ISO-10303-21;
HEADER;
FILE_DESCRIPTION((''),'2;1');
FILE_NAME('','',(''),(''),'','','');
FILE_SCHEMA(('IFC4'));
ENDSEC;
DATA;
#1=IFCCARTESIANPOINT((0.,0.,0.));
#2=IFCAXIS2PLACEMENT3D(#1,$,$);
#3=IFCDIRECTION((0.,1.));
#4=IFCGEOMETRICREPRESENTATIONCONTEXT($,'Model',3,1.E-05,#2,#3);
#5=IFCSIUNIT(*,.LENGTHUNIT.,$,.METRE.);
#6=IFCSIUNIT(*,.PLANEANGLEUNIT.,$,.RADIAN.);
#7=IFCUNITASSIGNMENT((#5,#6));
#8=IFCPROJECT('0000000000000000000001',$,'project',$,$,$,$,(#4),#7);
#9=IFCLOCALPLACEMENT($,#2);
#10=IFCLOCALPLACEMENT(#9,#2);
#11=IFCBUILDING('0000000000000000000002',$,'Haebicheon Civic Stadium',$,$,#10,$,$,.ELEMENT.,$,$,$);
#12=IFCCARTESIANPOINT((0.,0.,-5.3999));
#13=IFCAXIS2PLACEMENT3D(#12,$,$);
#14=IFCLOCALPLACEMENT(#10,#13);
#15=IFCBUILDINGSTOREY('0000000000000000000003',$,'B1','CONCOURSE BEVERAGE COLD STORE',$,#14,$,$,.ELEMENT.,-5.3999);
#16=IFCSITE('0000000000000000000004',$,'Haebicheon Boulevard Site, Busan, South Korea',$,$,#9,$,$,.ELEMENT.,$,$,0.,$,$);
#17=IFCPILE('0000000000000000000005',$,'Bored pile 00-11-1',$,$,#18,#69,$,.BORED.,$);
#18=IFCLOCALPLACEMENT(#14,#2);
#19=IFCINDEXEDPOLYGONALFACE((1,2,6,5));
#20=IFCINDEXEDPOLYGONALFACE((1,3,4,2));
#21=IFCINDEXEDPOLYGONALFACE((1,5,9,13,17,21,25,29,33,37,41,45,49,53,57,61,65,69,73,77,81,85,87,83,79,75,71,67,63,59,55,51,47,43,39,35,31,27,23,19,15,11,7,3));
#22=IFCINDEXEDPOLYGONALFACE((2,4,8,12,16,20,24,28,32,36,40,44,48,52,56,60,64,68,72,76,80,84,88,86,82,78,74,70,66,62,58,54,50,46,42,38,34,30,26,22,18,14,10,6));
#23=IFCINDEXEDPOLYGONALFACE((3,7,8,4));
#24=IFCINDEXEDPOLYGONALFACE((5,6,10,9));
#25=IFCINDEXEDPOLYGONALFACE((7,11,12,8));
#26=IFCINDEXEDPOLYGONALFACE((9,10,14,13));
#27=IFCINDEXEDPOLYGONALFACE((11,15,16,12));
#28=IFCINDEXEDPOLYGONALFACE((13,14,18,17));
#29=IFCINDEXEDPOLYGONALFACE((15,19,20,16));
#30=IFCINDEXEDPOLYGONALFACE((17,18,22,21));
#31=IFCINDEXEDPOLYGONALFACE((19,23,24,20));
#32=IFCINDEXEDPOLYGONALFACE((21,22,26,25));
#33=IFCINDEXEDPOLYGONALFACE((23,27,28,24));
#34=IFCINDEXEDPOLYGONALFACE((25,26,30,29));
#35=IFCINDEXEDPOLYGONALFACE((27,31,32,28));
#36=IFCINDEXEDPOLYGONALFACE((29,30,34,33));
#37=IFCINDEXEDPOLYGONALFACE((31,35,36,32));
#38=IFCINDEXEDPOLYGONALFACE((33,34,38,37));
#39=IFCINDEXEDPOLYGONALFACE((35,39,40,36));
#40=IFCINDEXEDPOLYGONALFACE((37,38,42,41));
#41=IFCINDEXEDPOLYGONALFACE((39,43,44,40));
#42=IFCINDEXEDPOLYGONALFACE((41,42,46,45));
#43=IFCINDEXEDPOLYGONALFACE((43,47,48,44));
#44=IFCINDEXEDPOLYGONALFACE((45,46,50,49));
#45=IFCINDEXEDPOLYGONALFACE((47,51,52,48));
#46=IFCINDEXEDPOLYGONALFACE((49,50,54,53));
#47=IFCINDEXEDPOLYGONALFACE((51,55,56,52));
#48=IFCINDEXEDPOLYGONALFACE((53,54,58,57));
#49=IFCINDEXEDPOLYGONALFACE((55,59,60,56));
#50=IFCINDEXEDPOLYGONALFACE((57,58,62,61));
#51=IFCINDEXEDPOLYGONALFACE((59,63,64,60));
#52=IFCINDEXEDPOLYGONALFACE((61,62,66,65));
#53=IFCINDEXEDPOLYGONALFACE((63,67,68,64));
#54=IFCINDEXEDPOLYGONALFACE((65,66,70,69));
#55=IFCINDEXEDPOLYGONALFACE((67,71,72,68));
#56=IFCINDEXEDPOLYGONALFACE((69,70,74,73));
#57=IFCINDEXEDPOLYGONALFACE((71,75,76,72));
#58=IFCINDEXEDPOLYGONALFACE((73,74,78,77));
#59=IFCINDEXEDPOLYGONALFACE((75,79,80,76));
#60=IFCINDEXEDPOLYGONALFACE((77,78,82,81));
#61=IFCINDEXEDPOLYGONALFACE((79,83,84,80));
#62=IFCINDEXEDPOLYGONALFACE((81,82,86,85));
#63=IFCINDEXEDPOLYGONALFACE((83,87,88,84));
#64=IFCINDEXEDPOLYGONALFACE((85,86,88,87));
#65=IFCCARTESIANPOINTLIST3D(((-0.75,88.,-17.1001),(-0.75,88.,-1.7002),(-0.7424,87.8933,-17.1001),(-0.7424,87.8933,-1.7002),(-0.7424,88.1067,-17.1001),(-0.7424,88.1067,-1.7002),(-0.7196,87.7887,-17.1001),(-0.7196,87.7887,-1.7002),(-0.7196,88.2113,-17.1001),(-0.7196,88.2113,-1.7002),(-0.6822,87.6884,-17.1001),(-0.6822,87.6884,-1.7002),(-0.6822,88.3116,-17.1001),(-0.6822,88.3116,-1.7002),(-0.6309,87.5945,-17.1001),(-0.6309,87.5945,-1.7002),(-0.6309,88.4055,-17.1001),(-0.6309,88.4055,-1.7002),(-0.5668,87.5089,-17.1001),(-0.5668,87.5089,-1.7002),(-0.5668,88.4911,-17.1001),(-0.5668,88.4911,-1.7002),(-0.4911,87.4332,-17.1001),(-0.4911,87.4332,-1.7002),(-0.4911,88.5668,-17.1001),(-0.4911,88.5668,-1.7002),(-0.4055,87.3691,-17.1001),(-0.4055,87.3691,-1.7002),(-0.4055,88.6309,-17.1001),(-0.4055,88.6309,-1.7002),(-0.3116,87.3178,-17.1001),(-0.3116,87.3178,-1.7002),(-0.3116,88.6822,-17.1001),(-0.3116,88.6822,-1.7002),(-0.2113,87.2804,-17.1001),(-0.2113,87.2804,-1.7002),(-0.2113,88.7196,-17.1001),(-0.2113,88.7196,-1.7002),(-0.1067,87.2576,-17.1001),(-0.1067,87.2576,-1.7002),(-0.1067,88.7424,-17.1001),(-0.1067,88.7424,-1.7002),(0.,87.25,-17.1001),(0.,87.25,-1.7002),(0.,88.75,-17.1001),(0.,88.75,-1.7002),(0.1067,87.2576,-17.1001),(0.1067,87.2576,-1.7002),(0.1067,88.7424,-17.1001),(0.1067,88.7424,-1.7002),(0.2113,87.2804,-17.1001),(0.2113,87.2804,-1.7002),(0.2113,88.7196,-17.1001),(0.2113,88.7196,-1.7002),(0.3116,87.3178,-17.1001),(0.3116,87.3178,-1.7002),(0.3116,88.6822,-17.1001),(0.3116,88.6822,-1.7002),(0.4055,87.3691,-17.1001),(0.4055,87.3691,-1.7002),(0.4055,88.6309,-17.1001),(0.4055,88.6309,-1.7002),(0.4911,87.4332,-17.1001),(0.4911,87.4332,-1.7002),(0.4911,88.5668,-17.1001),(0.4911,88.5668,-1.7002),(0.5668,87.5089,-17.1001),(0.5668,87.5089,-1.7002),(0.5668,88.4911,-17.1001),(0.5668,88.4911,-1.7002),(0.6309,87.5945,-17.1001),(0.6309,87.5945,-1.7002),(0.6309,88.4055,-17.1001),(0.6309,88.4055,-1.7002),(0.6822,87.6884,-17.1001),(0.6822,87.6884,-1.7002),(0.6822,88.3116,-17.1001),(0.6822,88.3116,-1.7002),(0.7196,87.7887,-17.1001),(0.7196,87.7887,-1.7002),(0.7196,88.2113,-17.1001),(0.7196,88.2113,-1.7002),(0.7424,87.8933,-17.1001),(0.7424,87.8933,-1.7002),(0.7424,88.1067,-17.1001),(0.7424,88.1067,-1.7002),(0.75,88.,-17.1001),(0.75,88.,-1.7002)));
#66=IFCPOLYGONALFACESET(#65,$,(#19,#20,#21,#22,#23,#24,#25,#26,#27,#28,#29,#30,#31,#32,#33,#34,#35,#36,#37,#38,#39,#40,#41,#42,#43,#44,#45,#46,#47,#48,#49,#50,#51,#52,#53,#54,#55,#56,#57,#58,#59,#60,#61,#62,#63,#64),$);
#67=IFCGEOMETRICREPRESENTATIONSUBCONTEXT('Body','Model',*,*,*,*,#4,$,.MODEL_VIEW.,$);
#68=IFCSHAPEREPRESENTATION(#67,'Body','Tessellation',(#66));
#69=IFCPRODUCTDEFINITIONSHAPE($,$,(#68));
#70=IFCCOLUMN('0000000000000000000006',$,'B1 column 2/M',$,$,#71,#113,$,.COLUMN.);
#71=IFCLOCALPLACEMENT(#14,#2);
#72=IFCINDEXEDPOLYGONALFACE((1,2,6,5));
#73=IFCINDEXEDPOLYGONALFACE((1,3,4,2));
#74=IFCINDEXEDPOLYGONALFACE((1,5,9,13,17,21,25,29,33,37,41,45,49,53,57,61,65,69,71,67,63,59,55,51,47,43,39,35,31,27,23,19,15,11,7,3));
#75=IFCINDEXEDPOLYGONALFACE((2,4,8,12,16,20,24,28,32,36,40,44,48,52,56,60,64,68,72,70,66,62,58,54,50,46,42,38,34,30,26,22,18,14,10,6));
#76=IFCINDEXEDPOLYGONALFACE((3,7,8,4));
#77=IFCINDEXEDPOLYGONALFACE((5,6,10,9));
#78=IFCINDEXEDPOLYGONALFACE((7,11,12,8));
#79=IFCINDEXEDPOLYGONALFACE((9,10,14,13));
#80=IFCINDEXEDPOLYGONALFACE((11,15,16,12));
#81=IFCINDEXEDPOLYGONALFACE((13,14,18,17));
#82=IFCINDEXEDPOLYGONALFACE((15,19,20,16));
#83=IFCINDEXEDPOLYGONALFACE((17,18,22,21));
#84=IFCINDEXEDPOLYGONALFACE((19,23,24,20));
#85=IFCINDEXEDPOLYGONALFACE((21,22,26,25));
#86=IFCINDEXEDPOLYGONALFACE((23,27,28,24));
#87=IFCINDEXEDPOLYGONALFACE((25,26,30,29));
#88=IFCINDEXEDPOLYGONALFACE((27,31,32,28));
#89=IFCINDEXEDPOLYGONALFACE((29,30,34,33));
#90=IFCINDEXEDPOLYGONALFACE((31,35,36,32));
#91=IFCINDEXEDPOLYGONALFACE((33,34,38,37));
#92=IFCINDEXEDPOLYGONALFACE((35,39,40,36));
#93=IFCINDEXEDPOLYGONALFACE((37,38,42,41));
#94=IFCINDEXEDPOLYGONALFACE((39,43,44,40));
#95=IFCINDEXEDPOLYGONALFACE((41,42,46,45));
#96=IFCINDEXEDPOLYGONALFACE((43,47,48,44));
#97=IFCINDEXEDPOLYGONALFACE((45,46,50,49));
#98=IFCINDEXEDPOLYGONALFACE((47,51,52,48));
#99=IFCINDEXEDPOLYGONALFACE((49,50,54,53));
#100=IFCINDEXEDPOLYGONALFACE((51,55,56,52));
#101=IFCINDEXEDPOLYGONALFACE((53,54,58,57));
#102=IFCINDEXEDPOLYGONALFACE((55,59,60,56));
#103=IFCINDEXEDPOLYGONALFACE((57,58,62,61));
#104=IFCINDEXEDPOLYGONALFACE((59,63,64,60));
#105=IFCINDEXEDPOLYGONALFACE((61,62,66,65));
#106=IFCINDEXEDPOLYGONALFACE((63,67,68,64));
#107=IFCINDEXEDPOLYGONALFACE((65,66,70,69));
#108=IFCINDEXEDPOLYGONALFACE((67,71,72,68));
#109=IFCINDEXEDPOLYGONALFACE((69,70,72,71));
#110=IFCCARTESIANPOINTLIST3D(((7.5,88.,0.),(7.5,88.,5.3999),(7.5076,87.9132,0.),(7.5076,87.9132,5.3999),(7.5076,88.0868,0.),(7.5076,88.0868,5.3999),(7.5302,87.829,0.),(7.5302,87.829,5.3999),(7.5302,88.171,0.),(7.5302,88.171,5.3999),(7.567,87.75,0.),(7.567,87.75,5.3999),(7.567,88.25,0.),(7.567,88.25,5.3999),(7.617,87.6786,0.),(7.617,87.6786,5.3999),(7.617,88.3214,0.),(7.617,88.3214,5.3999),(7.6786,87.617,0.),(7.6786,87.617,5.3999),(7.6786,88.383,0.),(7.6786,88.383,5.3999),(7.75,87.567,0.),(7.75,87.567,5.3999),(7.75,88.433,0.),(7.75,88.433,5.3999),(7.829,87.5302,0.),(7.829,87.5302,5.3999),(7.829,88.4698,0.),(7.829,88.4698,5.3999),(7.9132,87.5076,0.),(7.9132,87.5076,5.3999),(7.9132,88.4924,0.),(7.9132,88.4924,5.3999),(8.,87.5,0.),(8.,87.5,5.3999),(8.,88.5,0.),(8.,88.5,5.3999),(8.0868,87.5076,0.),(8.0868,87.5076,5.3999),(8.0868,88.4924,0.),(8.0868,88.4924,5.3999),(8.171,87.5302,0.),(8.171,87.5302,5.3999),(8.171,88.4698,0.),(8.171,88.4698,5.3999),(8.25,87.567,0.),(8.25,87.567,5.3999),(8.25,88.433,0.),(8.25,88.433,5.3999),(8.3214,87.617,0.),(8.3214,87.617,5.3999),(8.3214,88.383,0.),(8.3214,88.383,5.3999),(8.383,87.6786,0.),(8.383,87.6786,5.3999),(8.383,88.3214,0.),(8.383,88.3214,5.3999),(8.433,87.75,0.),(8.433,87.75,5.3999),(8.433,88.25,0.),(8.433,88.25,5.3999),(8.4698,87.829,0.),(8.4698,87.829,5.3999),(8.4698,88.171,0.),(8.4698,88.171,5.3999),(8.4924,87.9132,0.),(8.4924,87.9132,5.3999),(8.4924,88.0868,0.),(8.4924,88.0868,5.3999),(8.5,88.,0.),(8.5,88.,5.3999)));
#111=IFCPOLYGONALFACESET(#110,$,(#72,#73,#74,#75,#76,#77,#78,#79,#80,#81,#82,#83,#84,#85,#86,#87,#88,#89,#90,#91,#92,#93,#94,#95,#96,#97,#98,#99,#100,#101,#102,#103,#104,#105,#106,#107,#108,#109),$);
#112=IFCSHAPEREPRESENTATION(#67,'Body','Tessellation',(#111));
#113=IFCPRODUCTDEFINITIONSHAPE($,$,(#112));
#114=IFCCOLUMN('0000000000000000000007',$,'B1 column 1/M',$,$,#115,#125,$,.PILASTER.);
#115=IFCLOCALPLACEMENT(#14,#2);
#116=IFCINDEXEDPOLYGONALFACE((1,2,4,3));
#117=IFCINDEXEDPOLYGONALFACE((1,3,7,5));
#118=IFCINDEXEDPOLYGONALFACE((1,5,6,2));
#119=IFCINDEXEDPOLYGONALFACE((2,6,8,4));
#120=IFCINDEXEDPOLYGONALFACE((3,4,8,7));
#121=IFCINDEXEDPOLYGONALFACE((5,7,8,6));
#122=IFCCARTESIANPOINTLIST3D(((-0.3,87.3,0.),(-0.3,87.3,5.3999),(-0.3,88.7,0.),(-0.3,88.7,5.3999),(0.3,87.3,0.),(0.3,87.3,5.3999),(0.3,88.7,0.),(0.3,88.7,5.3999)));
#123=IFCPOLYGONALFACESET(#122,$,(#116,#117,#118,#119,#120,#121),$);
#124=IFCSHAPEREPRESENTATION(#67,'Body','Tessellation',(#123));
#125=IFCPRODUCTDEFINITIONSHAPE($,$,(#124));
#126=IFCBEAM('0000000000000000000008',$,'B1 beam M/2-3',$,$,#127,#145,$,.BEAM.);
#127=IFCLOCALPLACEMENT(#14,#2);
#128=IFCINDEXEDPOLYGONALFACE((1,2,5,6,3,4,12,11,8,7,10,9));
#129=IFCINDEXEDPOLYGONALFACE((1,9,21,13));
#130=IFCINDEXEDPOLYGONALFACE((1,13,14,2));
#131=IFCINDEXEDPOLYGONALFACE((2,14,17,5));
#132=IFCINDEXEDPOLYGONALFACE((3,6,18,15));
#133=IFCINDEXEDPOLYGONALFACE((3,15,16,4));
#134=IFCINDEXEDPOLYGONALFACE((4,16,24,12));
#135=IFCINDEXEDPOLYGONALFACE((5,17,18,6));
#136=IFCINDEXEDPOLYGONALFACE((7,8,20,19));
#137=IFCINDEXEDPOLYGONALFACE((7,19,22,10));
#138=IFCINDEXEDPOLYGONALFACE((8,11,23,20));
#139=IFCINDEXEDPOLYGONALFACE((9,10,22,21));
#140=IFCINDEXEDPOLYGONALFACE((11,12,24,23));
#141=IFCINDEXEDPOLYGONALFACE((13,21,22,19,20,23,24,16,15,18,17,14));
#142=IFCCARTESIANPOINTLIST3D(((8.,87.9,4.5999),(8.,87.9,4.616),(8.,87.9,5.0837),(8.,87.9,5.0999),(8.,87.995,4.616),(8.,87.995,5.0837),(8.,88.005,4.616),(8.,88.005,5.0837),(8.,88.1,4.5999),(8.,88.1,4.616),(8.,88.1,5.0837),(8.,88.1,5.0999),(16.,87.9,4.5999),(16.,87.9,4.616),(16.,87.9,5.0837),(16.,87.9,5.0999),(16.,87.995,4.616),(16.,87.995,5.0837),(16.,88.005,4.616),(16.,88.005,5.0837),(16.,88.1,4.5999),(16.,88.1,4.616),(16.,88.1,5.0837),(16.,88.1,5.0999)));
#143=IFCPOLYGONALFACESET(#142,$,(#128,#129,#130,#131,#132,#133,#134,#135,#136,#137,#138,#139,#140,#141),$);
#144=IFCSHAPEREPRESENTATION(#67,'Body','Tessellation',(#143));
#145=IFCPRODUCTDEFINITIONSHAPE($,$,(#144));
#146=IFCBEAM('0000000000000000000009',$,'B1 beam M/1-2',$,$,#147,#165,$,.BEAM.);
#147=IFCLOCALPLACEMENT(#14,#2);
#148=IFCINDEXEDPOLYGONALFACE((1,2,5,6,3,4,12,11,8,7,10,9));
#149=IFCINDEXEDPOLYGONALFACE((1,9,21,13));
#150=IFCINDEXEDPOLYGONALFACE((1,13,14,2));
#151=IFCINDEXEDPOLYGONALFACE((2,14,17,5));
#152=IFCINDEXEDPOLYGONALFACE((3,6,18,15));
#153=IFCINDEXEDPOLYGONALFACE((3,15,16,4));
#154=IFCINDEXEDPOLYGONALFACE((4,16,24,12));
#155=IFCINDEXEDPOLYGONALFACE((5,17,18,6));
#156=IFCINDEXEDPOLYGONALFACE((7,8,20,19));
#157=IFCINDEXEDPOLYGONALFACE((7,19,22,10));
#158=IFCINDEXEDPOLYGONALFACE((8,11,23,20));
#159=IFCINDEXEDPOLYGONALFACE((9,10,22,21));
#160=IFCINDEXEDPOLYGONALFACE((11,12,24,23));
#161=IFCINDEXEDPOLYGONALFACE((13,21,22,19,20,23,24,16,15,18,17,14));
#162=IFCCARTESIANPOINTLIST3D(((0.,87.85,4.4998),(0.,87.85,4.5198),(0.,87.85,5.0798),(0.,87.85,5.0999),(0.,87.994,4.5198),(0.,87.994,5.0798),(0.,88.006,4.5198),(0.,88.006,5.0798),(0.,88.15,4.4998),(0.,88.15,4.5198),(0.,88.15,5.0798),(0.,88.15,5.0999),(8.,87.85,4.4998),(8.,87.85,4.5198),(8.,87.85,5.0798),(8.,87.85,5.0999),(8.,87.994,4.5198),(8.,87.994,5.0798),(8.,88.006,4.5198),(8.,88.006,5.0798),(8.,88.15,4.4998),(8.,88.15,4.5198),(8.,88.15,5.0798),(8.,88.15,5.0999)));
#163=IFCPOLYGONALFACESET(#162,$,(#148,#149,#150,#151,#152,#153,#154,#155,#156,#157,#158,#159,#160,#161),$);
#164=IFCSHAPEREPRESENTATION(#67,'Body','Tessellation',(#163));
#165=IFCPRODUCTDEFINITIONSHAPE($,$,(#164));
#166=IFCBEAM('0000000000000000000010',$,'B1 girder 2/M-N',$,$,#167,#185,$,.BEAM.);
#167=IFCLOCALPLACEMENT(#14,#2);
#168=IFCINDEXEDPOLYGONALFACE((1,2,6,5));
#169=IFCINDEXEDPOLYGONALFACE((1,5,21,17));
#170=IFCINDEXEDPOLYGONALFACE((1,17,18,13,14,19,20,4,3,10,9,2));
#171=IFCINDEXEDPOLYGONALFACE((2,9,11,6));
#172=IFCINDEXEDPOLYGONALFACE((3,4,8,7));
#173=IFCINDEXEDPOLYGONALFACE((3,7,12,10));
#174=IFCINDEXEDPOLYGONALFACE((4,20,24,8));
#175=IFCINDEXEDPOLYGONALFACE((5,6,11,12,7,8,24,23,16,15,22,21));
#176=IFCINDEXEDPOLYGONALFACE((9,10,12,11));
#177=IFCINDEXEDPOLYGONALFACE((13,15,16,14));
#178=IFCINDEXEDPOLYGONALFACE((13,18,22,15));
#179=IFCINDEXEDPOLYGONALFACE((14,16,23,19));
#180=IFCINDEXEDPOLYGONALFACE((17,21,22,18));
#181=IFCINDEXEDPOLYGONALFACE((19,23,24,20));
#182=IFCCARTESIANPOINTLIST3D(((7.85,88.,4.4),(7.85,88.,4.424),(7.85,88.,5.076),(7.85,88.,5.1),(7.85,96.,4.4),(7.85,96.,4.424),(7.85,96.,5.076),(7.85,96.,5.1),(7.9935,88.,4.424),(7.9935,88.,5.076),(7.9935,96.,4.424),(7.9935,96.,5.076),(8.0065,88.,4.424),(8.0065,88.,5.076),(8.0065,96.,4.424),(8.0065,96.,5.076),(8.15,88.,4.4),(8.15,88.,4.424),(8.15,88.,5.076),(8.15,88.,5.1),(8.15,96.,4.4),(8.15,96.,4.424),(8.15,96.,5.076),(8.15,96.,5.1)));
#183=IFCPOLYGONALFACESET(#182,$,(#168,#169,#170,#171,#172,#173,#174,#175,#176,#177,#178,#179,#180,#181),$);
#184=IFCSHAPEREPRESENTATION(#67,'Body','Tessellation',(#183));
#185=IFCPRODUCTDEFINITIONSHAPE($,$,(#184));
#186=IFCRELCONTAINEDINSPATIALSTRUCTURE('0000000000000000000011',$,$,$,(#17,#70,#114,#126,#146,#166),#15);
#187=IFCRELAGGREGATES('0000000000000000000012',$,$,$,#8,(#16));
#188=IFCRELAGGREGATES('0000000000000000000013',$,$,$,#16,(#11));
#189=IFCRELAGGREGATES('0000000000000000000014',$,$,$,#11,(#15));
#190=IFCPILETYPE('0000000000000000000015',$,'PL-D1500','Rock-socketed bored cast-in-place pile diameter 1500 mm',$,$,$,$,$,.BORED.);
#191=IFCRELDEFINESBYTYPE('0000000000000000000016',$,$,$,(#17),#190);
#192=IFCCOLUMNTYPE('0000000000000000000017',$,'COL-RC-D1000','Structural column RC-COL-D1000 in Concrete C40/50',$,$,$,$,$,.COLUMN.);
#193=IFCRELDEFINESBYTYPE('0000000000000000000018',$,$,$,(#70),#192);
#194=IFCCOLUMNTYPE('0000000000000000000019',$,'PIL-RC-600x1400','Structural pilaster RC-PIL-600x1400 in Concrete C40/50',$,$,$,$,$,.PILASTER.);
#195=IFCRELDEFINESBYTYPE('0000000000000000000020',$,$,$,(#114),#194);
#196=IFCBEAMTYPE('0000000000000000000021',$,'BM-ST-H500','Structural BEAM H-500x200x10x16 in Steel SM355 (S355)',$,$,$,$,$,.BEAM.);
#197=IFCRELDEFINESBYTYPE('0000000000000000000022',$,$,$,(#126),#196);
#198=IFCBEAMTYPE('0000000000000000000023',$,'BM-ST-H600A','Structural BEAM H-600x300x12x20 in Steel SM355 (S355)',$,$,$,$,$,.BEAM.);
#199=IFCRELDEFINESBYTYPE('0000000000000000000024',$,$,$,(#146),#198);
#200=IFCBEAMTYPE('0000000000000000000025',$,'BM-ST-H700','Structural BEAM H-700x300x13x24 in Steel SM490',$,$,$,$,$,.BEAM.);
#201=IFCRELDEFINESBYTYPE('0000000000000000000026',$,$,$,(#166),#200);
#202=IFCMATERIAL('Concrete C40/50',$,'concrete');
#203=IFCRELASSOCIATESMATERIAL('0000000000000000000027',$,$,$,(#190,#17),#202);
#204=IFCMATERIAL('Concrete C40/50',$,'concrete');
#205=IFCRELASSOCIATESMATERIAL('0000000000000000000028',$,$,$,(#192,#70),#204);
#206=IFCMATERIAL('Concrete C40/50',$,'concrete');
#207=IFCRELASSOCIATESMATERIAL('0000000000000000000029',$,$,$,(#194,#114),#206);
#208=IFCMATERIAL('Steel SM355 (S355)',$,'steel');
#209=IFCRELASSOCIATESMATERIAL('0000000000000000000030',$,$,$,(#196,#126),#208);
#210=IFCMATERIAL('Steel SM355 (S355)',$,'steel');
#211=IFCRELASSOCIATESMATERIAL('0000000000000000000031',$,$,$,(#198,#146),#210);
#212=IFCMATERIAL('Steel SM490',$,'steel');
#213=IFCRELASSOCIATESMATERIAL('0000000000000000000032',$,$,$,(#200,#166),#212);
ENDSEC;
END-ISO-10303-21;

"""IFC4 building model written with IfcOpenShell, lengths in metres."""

from ifc_helpers import new_model, si_unit, direction, frame, origin, origin_2d, place, context, subcontext, project, spatial, rectangle, circle, i_section, extrude, material, material_profile, profile_set, type_object, element, save


model = new_model("IFC4")

# Units and contexts
model_context = context("Model", 3, precision=1e-05, world=origin(), true_north=direction((0.0, 1.0)))
body_context = subcontext(model_context, "Body", "Model", "MODEL_VIEW")
ifc_project = project(units=[si_unit("LENGTHUNIT", "METRE"), si_unit("PLANEANGLEUNIT", "RADIAN")], contexts=[model_context])

# Site, building, storey
site_placement = place(None, origin())
site = spatial("IfcSite", under=ifc_project, at=site_placement, Name="Haebicheon Boulevard Site, Busan, South Korea", CompositionType="ELEMENT", RefElevation=0.0)
building_placement = place(site_placement, origin())
building = spatial("IfcBuilding", under=site, at=building_placement, Name="Haebicheon Civic Stadium", CompositionType="ELEMENT")
storey_placement = place(building_placement, frame((0.0, 0.0, -5.3999)))
storey = spatial("IfcBuildingStorey", under=building, at=storey_placement, Name="B1", Description="CONCOURSE BEVERAGE COLD STORE", CompositionType="ELEMENT", Elevation=-5.3999)

# Pile
ifc_material_1 = material(Name="Concrete C40/50", Category="concrete")
ifc_material_profile_1 = material_profile(ifc_material_1, circle(Radius=0.75, at=origin_2d()), Name="PILE-D1500")
ifc_profile_set_1 = profile_set([ifc_material_profile_1], Name="Concrete C40/50")
pile_type_1 = type_object("IfcPileType", Name="PL-D1500", Description="Rock-socketed bored cast-in-place pile diameter 1500 mm", PredefinedType="BORED", material=ifc_profile_set_1)
pile_placement = place(storey_placement, frame((0.0, 88.0, -1.7002), z_axis=(0.0, 0.0, -1.0), x_axis=(1.0, 0.0, 0.0)))
element("IfcPile", 1, at=pile_placement, inside=storey, type_object=pile_type_1, material=ifc_profile_set_1, Name="Bored pile 00-11-1", PredefinedType="BORED", context=body_context, shape_type="SweptSolid", body=[
    extrude(circle(Radius=0.75, at=origin_2d()), origin(), (0.0, 0.0, 1.0), 15.3999),
])

# Columns
ifc_material_2 = material(Name="Concrete C40/50", Category="concrete")
ifc_material_profile_2 = material_profile(ifc_material_2, circle(Radius=0.5, at=origin_2d()), Name="RC-COL-D1000")
ifc_profile_set_2 = profile_set([ifc_material_profile_2], Name="Concrete C40/50")
column_type_1 = type_object("IfcColumnType", Name="COL-RC-D1000", Description="Structural column RC-COL-D1000 in Concrete C40/50", PredefinedType="COLUMN", material=ifc_profile_set_2)
column_1_placement = place(storey_placement, frame((8.0, 88.0, 0.0), z_axis=(0.0, 0.0, 1.0), x_axis=(1.0, 0.0, 0.0)))
element("IfcColumn", 2, at=column_1_placement, inside=storey, type_object=column_type_1, material=ifc_profile_set_2, Name="B1 column 2/M", PredefinedType="COLUMN", context=body_context, shape_type="SweptSolid", body=[
    extrude(circle(Radius=0.5, at=origin_2d()), origin(), (0.0, 0.0, 1.0), 5.3999),
])
ifc_material_3 = material(Name="Concrete C40/50", Category="concrete")
ifc_material_profile_3 = material_profile(ifc_material_3, rectangle(XDim=0.6001, YDim=1.3999, at=origin_2d()), Name="RC-PIL-600x1400")
ifc_profile_set_3 = profile_set([ifc_material_profile_3], Name="Concrete C40/50")
column_type_2 = type_object("IfcColumnType", Name="PIL-RC-600x1400", Description="Structural pilaster RC-PIL-600x1400 in Concrete C40/50", PredefinedType="PILASTER", material=ifc_profile_set_3)
column_2_placement = place(storey_placement, frame((0.0, 88.0, 0.0), z_axis=(0.0, 0.0, 1.0), x_axis=(1.0, 0.0, 0.0)))
element("IfcColumn", 3, at=column_2_placement, inside=storey, type_object=column_type_2, material=ifc_profile_set_3, Name="B1 column 1/M", PredefinedType="PILASTER", context=body_context, shape_type="SweptSolid", body=[
    extrude(rectangle(XDim=0.6001, YDim=1.3999, at=origin_2d()), origin(), (0.0, 0.0, 1.0), 5.3999),
])

# Beams
ifc_material_4 = material(Name="Steel SM355 (S355)", Category="steel")
ifc_material_profile_4 = material_profile(ifc_material_4, i_section(OverallWidth=0.2, OverallDepth=0.5, WebThickness=0.01, FlangeThickness=0.0161, at=origin_2d()), Name="H-500x200x10x16")
ifc_profile_set_4 = profile_set([ifc_material_profile_4], Name="Steel SM355 (S355)")
beam_type_1 = type_object("IfcBeamType", Name="BM-ST-H500", Description="Structural BEAM H-500x200x10x16 in Steel SM355 (S355)", PredefinedType="BEAM", material=ifc_profile_set_4)
beam_1_placement = place(storey_placement, frame((8.0, 88.0, 4.8499), z_axis=(1.0, 0.0, 0.0), x_axis=(0.0, 1.0, 0.0)))
element("IfcBeam", 4, at=beam_1_placement, inside=storey, type_object=beam_type_1, material=ifc_profile_set_4, Name="B1 beam M/2-3", PredefinedType="BEAM", context=body_context, shape_type="SweptSolid", body=[
    extrude(i_section(OverallWidth=0.2, OverallDepth=0.5, WebThickness=0.01, FlangeThickness=0.0161, at=origin_2d()), origin(), (0.0, 0.0, 1.0), 8.0),
])
ifc_material_5 = material(Name="Steel SM355 (S355)", Category="steel")
ifc_material_profile_5 = material_profile(ifc_material_5, i_section(OverallWidth=0.3, OverallDepth=0.6001, WebThickness=0.012, FlangeThickness=0.02, at=origin_2d()), Name="H-600x300x12x20")
ifc_profile_set_5 = profile_set([ifc_material_profile_5], Name="Steel SM355 (S355)")
beam_type_2 = type_object("IfcBeamType", Name="BM-ST-H600A", Description="Structural BEAM H-600x300x12x20 in Steel SM355 (S355)", PredefinedType="BEAM", material=ifc_profile_set_5)
beam_2_placement = place(storey_placement, frame((0.0, 88.0, 4.7998), z_axis=(1.0, 0.0, 0.0), x_axis=(0.0, 1.0, 0.0)))
element("IfcBeam", 5, at=beam_2_placement, inside=storey, type_object=beam_type_2, material=ifc_profile_set_5, Name="B1 beam M/1-2", PredefinedType="BEAM", context=body_context, shape_type="SweptSolid", body=[
    extrude(i_section(OverallWidth=0.3, OverallDepth=0.6001, WebThickness=0.012, FlangeThickness=0.02, at=origin_2d()), origin(), (0.0, 0.0, 1.0), 8.0),
])
ifc_material_6 = material(Name="Steel SM490", Category="steel")
ifc_material_profile_6 = material_profile(ifc_material_6, i_section(OverallWidth=0.3, OverallDepth=0.7, WebThickness=0.0129, FlangeThickness=0.0239, at=origin_2d()), Name="H-700x300x13x24")
ifc_profile_set_6 = profile_set([ifc_material_profile_6], Name="Steel SM490")
beam_type_3 = type_object("IfcBeamType", Name="BM-ST-H700", Description="Structural BEAM H-700x300x13x24 in Steel SM490", PredefinedType="BEAM", material=ifc_profile_set_6)
beam_3_placement = place(storey_placement, frame((8.0, 88.0, 4.75), z_axis=(0.0, 1.0, 0.0), x_axis=(-1.0, 0.0, 0.0)))
element("IfcBeam", 6, at=beam_3_placement, inside=storey, type_object=beam_type_3, material=ifc_profile_set_6, Name="B1 girder 2/M-N", PredefinedType="BEAM", context=body_context, shape_type="SweptSolid", body=[
    extrude(i_section(OverallWidth=0.3, OverallDepth=0.7, WebThickness=0.0129, FlangeThickness=0.0239, at=origin_2d()), origin(), (0.0, 0.0, 1.0), 8.0),
])

save(model, "model.ifc")
